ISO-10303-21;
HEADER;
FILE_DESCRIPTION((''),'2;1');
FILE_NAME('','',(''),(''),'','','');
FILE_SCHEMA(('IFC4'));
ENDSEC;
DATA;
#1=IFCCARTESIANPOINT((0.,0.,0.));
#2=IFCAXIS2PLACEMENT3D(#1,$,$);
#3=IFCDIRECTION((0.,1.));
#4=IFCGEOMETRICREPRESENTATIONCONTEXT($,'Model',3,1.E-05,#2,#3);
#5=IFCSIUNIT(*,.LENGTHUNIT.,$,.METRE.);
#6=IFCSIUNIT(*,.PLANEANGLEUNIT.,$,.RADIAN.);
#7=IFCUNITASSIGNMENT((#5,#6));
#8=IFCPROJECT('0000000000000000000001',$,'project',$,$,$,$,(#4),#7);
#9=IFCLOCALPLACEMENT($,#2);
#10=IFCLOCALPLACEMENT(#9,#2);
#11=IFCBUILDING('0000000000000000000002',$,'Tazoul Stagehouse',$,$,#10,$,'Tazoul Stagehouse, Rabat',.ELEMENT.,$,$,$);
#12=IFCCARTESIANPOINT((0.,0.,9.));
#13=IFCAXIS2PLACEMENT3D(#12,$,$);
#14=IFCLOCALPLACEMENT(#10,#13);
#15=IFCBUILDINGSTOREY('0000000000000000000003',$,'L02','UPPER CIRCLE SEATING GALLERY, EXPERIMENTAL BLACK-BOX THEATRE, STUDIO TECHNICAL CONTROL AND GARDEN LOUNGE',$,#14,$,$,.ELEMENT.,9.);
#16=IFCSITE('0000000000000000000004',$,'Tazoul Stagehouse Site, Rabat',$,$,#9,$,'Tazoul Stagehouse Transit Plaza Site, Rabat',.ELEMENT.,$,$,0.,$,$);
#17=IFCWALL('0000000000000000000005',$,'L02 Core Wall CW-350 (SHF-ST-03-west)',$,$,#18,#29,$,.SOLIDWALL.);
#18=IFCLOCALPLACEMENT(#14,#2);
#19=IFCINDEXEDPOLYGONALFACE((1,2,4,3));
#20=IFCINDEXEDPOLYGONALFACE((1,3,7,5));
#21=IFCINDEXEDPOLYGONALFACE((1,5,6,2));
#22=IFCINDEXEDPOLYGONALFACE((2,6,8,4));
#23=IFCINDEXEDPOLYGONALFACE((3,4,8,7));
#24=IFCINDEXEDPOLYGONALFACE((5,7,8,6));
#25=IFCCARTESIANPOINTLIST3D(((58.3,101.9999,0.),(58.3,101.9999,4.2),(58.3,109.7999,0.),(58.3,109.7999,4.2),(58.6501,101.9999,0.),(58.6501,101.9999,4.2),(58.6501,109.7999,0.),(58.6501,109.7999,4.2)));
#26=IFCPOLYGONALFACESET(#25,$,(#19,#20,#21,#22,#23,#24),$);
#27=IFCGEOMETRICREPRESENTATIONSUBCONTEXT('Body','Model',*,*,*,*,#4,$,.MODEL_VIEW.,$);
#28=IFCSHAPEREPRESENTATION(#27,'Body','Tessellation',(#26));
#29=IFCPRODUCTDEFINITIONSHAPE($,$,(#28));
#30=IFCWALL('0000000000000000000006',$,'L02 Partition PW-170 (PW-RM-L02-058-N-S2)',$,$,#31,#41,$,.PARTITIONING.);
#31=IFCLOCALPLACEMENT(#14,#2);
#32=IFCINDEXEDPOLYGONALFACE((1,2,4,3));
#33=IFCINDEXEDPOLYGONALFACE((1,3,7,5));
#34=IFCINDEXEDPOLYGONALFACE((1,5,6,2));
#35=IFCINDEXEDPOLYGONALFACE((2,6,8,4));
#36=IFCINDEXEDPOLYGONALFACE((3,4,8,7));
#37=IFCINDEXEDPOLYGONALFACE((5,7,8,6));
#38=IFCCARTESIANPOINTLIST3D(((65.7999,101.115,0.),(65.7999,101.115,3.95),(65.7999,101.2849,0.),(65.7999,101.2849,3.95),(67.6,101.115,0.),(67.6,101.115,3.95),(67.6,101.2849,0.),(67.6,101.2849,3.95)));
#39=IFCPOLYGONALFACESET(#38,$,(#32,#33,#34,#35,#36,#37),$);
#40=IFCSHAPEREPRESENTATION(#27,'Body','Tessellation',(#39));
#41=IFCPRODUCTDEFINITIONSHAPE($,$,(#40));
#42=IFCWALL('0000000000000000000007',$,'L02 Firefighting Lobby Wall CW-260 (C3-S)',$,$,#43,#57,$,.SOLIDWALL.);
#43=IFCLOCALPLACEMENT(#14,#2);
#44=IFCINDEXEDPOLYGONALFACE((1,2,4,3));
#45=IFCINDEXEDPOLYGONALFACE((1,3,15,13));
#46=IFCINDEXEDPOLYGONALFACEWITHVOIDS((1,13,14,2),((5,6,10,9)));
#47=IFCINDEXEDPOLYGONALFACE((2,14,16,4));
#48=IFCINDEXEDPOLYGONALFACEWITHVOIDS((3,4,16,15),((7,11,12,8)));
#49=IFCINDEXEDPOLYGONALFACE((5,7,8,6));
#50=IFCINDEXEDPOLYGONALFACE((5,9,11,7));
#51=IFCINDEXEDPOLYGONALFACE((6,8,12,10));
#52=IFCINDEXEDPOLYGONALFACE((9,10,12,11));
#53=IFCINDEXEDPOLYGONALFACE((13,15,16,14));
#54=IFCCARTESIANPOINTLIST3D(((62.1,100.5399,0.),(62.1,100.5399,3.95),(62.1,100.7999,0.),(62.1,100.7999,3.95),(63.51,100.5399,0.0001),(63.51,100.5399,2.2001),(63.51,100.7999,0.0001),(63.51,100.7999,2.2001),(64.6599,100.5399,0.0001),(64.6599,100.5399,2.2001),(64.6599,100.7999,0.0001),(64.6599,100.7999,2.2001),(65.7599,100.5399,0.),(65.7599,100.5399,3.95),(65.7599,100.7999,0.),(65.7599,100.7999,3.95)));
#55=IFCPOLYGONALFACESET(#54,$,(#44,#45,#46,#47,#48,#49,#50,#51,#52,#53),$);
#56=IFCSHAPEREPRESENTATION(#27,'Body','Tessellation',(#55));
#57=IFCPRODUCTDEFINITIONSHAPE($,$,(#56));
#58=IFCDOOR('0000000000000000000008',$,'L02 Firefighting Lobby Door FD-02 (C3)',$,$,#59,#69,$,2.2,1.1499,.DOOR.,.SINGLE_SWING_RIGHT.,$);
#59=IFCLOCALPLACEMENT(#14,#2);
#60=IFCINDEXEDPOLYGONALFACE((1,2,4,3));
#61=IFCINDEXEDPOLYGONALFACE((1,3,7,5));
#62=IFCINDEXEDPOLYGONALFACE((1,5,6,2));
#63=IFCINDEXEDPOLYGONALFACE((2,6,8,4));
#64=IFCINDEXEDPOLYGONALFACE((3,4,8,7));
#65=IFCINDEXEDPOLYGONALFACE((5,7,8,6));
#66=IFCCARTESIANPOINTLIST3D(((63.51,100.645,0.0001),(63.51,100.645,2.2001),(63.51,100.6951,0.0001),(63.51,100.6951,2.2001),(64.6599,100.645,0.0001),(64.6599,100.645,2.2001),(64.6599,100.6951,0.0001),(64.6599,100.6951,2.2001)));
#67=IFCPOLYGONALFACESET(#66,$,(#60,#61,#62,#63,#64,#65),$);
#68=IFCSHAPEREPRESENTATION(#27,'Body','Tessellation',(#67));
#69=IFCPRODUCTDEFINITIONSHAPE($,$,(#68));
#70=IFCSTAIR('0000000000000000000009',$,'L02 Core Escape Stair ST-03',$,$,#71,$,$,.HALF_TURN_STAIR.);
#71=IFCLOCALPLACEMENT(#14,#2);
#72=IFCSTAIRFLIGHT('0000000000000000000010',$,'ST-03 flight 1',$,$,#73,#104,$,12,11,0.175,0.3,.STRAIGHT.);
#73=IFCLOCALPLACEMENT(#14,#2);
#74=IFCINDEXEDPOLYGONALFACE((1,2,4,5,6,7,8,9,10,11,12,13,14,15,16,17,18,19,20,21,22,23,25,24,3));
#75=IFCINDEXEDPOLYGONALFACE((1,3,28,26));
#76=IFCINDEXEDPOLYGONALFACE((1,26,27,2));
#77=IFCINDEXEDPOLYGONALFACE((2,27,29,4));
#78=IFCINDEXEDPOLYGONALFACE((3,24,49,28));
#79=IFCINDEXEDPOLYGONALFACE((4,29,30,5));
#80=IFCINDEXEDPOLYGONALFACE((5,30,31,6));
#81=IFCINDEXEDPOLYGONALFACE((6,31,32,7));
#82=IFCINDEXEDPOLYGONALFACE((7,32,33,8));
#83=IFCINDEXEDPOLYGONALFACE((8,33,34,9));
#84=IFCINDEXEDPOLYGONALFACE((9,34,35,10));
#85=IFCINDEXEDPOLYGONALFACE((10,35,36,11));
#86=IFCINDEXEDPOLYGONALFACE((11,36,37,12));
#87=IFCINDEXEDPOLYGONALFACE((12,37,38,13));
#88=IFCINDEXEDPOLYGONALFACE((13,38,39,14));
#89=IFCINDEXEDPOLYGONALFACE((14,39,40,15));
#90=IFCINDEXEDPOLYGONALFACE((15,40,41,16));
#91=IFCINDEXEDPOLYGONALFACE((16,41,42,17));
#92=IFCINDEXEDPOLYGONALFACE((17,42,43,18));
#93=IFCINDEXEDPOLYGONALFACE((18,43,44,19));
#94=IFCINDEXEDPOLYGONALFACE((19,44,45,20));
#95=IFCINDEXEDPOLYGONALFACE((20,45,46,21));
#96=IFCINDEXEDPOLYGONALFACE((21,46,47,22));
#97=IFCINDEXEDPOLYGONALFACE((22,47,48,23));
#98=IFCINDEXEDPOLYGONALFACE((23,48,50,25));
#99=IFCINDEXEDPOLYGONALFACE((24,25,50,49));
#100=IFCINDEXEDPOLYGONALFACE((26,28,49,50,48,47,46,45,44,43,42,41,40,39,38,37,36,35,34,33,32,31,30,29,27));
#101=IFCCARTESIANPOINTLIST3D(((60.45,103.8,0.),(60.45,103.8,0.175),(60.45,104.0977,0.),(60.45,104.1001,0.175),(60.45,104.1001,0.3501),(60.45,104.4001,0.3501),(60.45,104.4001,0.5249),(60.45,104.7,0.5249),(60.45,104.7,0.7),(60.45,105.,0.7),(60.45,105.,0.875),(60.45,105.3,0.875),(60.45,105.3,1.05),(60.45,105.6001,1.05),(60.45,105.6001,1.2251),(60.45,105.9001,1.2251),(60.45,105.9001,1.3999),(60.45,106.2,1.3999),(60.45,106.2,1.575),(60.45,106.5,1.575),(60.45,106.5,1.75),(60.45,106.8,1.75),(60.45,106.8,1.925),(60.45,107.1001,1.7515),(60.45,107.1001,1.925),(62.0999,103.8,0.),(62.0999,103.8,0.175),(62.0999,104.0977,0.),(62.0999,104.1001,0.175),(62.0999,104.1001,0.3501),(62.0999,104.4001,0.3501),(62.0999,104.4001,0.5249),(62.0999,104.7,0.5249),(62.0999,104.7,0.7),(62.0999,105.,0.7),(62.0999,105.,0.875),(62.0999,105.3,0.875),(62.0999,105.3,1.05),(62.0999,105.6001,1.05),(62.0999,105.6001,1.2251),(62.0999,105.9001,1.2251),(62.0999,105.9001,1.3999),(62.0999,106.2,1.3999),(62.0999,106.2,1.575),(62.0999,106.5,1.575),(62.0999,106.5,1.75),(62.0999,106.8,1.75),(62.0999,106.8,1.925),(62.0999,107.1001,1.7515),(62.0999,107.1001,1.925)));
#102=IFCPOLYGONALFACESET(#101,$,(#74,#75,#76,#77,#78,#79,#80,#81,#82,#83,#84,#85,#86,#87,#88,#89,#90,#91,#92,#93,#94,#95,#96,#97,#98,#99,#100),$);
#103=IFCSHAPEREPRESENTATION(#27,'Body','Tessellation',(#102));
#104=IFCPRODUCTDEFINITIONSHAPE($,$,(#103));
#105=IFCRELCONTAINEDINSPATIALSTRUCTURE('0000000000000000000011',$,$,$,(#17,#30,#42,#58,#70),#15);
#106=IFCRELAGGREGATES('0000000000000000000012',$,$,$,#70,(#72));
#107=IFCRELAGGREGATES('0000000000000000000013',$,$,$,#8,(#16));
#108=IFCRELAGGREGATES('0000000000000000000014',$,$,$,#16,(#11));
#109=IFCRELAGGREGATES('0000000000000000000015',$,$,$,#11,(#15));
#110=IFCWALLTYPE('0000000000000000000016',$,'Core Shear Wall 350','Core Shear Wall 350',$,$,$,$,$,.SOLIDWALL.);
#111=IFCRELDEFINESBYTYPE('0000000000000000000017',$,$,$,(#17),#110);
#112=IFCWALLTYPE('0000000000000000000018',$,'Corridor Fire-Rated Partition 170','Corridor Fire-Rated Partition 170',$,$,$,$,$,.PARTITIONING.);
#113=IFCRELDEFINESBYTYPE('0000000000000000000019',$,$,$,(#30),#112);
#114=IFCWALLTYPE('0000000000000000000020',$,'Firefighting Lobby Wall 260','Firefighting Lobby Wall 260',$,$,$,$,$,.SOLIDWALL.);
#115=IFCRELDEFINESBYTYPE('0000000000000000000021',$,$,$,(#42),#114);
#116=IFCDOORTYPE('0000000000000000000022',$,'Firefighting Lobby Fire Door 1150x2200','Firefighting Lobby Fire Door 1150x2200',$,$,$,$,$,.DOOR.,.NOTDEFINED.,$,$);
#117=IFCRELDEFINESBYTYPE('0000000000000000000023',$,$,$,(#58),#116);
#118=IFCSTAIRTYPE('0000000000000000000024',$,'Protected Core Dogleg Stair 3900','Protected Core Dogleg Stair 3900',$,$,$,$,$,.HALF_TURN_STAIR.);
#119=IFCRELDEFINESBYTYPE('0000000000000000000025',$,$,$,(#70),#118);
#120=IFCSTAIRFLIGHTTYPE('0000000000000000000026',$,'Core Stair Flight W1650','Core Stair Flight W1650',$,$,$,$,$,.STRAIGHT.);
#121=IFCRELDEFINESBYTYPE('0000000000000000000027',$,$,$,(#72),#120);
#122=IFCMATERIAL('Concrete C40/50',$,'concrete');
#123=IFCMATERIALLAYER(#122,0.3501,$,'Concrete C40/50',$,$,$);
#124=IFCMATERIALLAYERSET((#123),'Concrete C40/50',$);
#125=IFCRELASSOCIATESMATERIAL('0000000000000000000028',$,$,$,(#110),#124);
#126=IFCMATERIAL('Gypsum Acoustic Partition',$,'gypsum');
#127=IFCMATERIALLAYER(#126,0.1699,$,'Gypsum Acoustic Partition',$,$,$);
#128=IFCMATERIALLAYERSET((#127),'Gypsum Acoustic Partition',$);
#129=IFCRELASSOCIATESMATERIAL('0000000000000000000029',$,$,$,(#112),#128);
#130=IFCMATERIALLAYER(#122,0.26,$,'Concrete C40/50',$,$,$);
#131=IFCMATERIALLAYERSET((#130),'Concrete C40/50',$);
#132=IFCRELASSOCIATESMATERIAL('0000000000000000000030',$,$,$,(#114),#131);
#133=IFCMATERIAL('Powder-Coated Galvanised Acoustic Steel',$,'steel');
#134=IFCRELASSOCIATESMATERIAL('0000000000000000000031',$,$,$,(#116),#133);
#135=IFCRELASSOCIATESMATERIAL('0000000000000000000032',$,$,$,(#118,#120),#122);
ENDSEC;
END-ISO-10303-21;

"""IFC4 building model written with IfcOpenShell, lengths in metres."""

from ifc_helpers import new_model, si_unit, direction, frame, frame_2d, origin, place, context, subcontext, project, spatial, polyline, rectangle, outline, extrude, material, layer, layer_set, type_object, element, fill, aggregate, save


model = new_model("IFC4")

# Units and contexts
model_context = context("Model", 3, precision=1e-05, world=origin(), true_north=direction((0.0, 1.0)))
body_context = subcontext(model_context, "Body", "Model", "MODEL_VIEW")
ifc_project = project(units=[si_unit("LENGTHUNIT", "METRE"), si_unit("PLANEANGLEUNIT", "RADIAN")], contexts=[model_context])

# Site, building, storey
site_placement = place(None, origin())
site = spatial("IfcSite", under=ifc_project, at=site_placement, Name="Tazoul Stagehouse Site, Rabat", LongName="Tazoul Stagehouse Transit Plaza Site, Rabat", CompositionType="ELEMENT", RefElevation=0.0)
building_placement = place(site_placement, origin())
building = spatial("IfcBuilding", under=site, at=building_placement, Name="Tazoul Stagehouse", LongName="Tazoul Stagehouse, Rabat", CompositionType="ELEMENT")
storey_placement = place(building_placement, frame((0.0, 0.0, 9.0)))
storey = spatial("IfcBuildingStorey", under=building, at=storey_placement, Name="L02", Description="UPPER CIRCLE SEATING GALLERY, EXPERIMENTAL BLACK-BOX THEATRE, STUDIO TECHNICAL CONTROL AND GARDEN LOUNGE", CompositionType="ELEMENT", Elevation=9.0)

# Walls
ifc_material_1 = material(Name="Concrete C40/50", Category="concrete")
ifc_layer_1 = layer(ifc_material_1, 0.3501, Name="Concrete C40/50")
ifc_layer_set_1 = layer_set([ifc_layer_1], Name="Concrete C40/50")
wall_type_1 = type_object("IfcWallType", Name="Core Shear Wall 350", Description="Core Shear Wall 350", PredefinedType="SOLIDWALL", material=ifc_layer_set_1)
wall_1_placement = place(storey_placement, frame((58.4751, 102.0, 0.0), z_axis=(0.0, 0.0, 1.0), x_axis=(0.0, 1.0, 0.0)))
element("IfcWall", 1, at=wall_1_placement, inside=storey, type_object=wall_type_1, Name="L02 Core Wall CW-350 (SHF-ST-03-west)", PredefinedType="SOLIDWALL", context=body_context, shape_type="SweptSolid", body=[
    extrude(rectangle(XDim=7.8, YDim=0.3501, at=frame_2d((3.8999, 0.0))), origin(), (0.0, 0.0, 1.0), 4.2),
])
ifc_material_2 = material(Name="Gypsum Acoustic Partition", Category="gypsum")
ifc_layer_2 = layer(ifc_material_2, 0.1699, Name="Gypsum Acoustic Partition")
ifc_layer_set_2 = layer_set([ifc_layer_2], Name="Gypsum Acoustic Partition")
wall_type_2 = type_object("IfcWallType", Name="Corridor Fire-Rated Partition 170", Description="Corridor Fire-Rated Partition 170", PredefinedType="PARTITIONING", material=ifc_layer_set_2)
wall_2_placement = place(storey_placement, frame((65.8, 101.2, 0.0), z_axis=(0.0, 0.0, 1.0), x_axis=(1.0, 0.0, 0.0)))
element("IfcWall", 2, at=wall_2_placement, inside=storey, type_object=wall_type_2, Name="L02 Partition PW-170 (PW-RM-L02-058-N-S2)", PredefinedType="PARTITIONING", context=body_context, shape_type="SweptSolid", body=[
    extrude(rectangle(XDim=1.8, YDim=0.1699, at=frame_2d((0.8999, 0.0))), origin(), (0.0, 0.0, 1.0), 3.95),
])

# Wall, opening, door
ifc_layer_3 = layer(ifc_material_1, 0.26, Name="Concrete C40/50")
ifc_layer_set_3 = layer_set([ifc_layer_3], Name="Concrete C40/50")
wall_type_3 = type_object("IfcWallType", Name="Firefighting Lobby Wall 260", Description="Firefighting Lobby Wall 260", PredefinedType="SOLIDWALL", material=ifc_layer_set_3)
wall_3_placement = place(storey_placement, frame((65.76, 100.6699, 0.0), z_axis=(0.0, 0.0, 1.0), x_axis=(-1.0, 0.0, 0.0)))
wall_3 = element("IfcWall", 3, at=wall_3_placement, inside=storey, type_object=wall_type_3, Name="L02 Firefighting Lobby Wall CW-260 (C3-S)", PredefinedType="SOLIDWALL", context=body_context, shape_type="SweptSolid", body=[
    extrude(rectangle(XDim=3.6599, YDim=0.26, at=frame_2d((1.8301, 0.0))), origin(), (0.0, 0.0, 1.0), 3.95),
])
opening_placement = place(wall_3_placement, frame((1.1001, 0.0, 0.0)))
opening = element("IfcOpeningElement", 4, at=opening_placement, cuts=wall_3, PredefinedType="OPENING", context=body_context, shape_type="SweptSolid", body=[
    extrude(rectangle(XDim=1.1499, YDim=2.2, at=frame_2d((0.575, 1.1001))), frame((0.0, 0.1499, 0.0), z_axis=(0.0, -1.0, 0.0), x_axis=(1.0, 0.0, 0.0)), (0.0, 0.0, 1.0), 0.3),
])
ifc_material_3 = material(Name="Powder-Coated Galvanised Acoustic Steel", Category="steel")
door_type = type_object("IfcDoorType", Name="Firefighting Lobby Fire Door 1150x2200", Description="Firefighting Lobby Fire Door 1150x2200", OperationType="NOTDEFINED", PredefinedType="DOOR", material=ifc_material_3)
door_placement = place(opening_placement, origin())
door = element("IfcDoor", 5, at=door_placement, inside=storey, type_object=door_type, Name="L02 Firefighting Lobby Door FD-02 (C3)", OperationType="SINGLE_SWING_RIGHT", OverallHeight=2.2, OverallWidth=1.1499, PredefinedType="DOOR", context=body_context, shape_type="SweptSolid", body=[
    extrude(rectangle(XDim=1.1499, YDim=2.2, at=frame_2d((0.575, 1.1001))), frame((0.0, 0.0249, 0.0), z_axis=(0.0, -1.0, 0.0), x_axis=(1.0, 0.0, 0.0)), (0.0, 0.0, 1.0), 0.05),
])
fill(opening, door)

# Stair, stair flight
stair_type = type_object("IfcStairType", Name="Protected Core Dogleg Stair 3900", Description="Protected Core Dogleg Stair 3900", PredefinedType="HALF_TURN_STAIR", material=ifc_material_1)
stair_placement = place(storey_placement, origin())
stair = element("IfcStair", 6, at=stair_placement, inside=storey, type_object=stair_type, Name="L02 Core Escape Stair ST-03", PredefinedType="HALF_TURN_STAIR")
stair_flight_type = type_object("IfcStairFlightType", Name="Core Stair Flight W1650", Description="Core Stair Flight W1650", PredefinedType="STRAIGHT", material=ifc_material_1)
stair_flight_placement = place(storey_placement, frame((61.2749, 103.8, 0.0), z_axis=(0.0, 0.0, 1.0), x_axis=(0.0, 1.0, 0.0)))
stair_flight = element("IfcStairFlight", 7, at=stair_flight_placement, type_object=stair_flight_type, Name="ST-03 flight 1", NumberOfRisers=12, NumberOfTreads=11, PredefinedType="STRAIGHT", RiserHeight=0.175, TreadLength=0.3, context=body_context, shape_type="SweptSolid", body=[
    extrude(outline(polyline([(0.0, 0.0), (0.0, 0.175), (0.3, 0.175), (0.3, 0.3501), (0.6001, 0.3501), (0.6001, 0.5249), (0.8999, 0.5249), (0.8999, 0.7), (1.2, 0.7), (1.2, 0.875), (1.5, 0.875), (1.5, 1.05), (1.8, 1.05), (1.8, 1.2251), (2.1001, 1.2251), (2.1001, 1.3999), (2.3999, 1.3999), (2.3999, 1.575), (2.7, 1.575), (2.7, 1.75), (3.0, 1.75), (3.0, 1.925), (3.3, 1.925), (3.3, 2.1001), (3.3, 1.7515), (0.2976, 0.0), (0.0, 0.0)])), frame((0.0, 0.825, 0.0), z_axis=(0.0, -1.0, 0.0), x_axis=(1.0, 0.0, 0.0)), (0.0, 0.0, 1.0), 1.6499),
])
aggregate(stair, [stair_flight])

save(model, "model.ifc")
